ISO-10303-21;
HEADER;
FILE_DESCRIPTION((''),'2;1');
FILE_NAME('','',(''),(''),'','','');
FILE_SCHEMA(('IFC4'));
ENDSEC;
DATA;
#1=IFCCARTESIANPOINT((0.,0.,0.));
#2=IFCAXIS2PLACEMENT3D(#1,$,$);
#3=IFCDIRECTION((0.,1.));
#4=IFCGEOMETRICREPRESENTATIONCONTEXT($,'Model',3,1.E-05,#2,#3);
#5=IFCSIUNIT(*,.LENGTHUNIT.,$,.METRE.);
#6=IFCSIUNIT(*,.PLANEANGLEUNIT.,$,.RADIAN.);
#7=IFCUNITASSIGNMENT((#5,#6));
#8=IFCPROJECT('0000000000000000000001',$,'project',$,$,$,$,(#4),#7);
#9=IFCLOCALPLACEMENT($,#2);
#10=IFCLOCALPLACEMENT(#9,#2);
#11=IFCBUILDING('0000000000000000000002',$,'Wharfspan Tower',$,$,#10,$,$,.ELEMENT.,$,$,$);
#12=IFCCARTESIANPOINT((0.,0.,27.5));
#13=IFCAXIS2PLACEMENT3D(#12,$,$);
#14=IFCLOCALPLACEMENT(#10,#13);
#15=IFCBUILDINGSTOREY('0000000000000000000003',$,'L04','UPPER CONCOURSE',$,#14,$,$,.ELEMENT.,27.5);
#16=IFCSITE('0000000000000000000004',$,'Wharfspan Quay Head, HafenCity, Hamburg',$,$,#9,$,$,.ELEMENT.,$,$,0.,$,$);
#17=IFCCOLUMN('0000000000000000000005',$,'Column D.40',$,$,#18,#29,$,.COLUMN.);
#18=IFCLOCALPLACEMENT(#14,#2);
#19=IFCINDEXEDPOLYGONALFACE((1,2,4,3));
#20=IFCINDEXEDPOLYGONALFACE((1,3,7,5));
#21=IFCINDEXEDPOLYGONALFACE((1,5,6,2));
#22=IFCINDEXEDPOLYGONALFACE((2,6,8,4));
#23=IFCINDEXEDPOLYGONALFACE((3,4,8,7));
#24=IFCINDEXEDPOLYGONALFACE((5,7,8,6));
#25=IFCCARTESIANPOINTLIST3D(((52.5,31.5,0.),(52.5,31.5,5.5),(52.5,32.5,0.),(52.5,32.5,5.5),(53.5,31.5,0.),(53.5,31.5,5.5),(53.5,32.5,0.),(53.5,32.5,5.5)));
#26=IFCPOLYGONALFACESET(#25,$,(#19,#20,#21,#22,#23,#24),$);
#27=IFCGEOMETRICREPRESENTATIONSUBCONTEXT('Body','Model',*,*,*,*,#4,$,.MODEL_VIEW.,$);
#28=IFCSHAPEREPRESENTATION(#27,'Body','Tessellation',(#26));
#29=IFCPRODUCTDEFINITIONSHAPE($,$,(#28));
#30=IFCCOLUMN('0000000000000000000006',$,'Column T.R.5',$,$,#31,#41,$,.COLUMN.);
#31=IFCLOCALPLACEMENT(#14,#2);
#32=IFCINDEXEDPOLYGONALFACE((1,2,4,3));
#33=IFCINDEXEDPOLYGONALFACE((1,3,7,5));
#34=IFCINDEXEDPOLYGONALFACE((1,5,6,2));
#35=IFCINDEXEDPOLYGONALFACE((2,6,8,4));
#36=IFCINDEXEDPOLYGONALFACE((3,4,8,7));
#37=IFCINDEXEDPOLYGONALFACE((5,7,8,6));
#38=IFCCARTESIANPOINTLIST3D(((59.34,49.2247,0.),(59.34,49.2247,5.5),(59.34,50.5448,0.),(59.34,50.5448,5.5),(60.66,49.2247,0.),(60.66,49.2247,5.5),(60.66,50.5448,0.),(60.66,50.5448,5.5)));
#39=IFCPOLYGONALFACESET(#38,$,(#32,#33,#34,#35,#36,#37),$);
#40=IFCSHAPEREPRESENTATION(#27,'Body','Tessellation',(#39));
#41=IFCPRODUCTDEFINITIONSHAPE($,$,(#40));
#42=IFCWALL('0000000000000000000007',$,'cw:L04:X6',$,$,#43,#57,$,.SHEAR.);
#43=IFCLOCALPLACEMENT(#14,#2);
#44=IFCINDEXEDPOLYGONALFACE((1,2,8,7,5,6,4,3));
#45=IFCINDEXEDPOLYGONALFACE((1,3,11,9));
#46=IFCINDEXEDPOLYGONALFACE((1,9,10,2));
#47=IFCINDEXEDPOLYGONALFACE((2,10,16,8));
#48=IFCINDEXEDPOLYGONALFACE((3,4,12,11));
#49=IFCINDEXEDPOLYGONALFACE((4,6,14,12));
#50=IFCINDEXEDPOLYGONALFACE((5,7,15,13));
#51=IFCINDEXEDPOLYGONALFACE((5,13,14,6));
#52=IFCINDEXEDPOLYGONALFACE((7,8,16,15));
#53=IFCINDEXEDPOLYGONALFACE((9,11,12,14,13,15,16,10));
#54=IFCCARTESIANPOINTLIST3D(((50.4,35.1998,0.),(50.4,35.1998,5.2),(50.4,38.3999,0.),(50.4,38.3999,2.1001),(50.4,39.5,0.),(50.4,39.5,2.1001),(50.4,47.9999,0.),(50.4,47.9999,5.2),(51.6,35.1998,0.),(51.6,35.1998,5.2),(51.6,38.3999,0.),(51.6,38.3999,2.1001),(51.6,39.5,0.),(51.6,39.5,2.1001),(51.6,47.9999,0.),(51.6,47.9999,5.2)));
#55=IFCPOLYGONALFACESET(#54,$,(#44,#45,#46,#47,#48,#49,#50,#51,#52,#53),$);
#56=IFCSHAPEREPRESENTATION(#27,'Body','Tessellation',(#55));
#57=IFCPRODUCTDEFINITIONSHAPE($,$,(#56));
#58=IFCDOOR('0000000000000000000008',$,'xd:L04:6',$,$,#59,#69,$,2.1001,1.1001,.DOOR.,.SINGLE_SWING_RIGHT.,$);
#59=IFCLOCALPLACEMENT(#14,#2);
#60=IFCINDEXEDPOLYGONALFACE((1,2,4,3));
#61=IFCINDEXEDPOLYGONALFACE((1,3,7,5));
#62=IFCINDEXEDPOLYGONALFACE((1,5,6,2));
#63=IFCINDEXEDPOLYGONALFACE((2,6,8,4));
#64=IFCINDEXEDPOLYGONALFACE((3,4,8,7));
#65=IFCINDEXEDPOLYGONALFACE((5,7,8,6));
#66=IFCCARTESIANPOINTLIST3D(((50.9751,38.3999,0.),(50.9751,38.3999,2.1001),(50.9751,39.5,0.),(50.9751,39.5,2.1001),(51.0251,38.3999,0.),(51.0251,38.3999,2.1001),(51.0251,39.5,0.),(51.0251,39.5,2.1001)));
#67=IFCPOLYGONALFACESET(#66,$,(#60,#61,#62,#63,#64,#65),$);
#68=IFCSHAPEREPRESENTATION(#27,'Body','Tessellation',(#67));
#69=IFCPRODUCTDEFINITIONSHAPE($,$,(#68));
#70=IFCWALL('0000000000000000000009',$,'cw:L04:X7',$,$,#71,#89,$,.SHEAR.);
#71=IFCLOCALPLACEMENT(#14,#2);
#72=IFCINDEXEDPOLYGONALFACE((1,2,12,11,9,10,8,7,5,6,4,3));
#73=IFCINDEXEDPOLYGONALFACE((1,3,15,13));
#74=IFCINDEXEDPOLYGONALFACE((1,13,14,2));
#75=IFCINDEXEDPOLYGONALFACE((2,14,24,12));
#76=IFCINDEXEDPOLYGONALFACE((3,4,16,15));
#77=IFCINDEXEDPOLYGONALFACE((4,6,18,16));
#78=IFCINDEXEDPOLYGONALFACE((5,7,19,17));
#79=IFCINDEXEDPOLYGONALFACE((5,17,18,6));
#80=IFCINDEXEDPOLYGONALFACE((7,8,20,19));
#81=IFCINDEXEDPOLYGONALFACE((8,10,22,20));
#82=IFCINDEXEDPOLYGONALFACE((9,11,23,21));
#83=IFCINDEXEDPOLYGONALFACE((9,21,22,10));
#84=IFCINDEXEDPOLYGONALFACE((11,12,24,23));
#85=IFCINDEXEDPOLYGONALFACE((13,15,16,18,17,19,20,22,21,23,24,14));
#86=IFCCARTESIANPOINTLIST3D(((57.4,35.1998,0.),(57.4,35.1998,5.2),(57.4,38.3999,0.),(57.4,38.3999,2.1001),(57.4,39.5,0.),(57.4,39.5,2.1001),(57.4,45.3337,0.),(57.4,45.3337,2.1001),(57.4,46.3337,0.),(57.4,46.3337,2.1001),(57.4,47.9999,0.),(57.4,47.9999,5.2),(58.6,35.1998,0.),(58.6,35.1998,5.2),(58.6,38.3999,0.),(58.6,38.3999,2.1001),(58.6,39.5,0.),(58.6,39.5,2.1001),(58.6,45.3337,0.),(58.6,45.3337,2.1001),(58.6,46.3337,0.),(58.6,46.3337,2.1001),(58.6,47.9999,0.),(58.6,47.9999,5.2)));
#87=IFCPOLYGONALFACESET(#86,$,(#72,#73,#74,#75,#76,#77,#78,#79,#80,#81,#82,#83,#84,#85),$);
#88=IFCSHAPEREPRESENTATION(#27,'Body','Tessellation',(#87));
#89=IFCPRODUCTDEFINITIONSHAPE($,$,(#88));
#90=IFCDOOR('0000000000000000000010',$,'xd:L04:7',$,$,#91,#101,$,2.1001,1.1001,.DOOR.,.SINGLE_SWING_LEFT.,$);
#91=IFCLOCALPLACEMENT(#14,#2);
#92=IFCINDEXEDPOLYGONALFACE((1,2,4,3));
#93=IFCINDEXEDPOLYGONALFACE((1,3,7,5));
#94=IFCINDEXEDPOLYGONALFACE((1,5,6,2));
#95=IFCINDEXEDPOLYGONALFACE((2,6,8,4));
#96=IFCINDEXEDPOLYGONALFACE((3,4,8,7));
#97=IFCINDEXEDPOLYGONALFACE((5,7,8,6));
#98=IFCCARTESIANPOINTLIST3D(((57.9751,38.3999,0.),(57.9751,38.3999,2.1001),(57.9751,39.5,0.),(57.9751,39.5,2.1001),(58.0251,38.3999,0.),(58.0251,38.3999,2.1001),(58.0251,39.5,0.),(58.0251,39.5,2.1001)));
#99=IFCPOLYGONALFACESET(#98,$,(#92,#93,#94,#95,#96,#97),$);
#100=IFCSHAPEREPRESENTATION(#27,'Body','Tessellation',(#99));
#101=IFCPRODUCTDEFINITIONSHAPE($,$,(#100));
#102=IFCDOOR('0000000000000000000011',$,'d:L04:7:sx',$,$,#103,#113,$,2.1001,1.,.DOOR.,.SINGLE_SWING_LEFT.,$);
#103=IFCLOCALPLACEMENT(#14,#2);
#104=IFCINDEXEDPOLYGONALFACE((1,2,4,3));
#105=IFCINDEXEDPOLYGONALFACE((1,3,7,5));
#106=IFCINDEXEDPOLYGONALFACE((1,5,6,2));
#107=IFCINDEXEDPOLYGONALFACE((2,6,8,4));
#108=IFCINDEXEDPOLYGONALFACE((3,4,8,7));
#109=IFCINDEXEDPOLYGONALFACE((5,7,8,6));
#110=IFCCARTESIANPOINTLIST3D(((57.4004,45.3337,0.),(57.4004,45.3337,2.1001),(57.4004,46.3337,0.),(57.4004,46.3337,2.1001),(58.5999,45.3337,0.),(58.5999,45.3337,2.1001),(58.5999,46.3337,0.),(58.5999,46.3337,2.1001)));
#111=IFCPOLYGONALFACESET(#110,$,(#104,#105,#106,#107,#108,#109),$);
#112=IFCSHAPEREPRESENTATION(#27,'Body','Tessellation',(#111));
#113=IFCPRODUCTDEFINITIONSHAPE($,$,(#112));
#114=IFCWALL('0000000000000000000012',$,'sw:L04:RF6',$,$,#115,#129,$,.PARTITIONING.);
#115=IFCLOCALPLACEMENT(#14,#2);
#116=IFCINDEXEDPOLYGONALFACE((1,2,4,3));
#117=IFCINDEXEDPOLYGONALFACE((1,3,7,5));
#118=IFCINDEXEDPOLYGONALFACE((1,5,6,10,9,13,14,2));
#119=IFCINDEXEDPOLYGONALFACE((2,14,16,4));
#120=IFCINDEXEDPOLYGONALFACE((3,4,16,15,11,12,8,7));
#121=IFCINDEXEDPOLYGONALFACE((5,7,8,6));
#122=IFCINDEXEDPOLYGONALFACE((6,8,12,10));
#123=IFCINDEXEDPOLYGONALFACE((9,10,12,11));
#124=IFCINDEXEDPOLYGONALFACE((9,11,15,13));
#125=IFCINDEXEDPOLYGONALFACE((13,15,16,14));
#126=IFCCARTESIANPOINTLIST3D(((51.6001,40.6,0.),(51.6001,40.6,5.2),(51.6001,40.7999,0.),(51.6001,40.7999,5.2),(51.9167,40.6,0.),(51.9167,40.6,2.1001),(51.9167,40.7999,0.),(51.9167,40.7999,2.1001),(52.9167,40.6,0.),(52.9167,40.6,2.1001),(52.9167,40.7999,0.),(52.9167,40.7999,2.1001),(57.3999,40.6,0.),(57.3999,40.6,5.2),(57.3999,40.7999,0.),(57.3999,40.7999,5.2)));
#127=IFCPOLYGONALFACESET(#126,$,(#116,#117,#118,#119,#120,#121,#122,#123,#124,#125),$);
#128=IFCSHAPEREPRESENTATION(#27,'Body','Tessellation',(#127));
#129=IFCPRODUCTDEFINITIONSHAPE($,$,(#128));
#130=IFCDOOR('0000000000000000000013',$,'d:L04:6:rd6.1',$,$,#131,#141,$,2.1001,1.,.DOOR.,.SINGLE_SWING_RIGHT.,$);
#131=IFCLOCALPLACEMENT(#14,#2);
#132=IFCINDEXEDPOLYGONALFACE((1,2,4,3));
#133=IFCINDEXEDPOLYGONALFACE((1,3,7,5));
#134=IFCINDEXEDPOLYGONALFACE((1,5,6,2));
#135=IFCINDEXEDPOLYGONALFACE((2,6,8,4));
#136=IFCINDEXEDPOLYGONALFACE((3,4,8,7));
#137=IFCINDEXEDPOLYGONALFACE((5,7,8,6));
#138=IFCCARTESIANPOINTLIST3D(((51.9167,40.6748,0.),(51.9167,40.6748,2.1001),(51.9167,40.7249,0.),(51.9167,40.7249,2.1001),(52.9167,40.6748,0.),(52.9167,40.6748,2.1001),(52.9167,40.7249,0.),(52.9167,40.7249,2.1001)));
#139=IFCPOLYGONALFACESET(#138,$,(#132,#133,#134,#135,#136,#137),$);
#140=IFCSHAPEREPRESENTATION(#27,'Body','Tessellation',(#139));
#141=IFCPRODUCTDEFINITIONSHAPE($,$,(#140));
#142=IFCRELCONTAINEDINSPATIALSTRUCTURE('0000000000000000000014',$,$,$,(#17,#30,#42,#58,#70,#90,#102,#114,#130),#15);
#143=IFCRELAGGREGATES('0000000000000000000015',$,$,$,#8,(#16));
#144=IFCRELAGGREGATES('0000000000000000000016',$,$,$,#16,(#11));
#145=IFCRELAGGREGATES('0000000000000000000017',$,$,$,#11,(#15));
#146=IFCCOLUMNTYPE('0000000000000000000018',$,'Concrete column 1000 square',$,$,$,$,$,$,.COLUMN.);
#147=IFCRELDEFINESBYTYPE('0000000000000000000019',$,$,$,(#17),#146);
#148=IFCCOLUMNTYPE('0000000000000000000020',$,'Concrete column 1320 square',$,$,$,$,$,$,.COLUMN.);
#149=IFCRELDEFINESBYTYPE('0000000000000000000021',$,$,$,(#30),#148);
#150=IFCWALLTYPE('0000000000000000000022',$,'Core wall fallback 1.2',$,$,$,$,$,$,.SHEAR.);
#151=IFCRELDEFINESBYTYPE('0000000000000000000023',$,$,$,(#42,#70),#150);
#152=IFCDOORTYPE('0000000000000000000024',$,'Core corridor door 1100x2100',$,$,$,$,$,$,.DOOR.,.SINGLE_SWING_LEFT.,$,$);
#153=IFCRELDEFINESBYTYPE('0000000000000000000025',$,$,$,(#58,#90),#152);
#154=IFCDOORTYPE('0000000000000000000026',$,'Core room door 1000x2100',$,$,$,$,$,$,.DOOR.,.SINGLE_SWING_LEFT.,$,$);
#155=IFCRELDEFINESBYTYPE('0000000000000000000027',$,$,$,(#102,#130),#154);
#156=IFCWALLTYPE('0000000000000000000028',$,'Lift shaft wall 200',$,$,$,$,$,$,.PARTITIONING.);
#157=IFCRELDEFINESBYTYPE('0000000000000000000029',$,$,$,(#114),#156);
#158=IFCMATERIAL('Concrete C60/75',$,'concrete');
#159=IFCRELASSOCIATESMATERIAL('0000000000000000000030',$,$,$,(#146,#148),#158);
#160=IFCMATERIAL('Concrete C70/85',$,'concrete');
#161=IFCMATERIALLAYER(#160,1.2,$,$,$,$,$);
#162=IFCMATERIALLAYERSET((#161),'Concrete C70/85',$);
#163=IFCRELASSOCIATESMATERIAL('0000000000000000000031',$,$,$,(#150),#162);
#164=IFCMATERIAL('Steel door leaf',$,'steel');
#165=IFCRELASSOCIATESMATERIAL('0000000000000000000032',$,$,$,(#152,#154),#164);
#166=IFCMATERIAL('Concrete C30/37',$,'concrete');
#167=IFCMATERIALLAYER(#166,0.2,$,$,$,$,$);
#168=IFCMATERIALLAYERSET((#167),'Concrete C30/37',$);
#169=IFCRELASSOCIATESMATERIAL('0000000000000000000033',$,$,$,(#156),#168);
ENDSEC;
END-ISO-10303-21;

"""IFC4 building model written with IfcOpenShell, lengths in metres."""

from ifc_helpers import new_model, si_unit, direction, frame, frame_2d, origin, origin_2d, place, context, subcontext, project, spatial, rectangle, extrude, material, layer, layer_set, material_profile, profile_set, type_object, element, fill, save


model = new_model("IFC4")

# Units and contexts
model_context = context("Model", 3, precision=1e-05, world=origin(), true_north=direction((0.0, 1.0)))
body_context = subcontext(model_context, "Body", "Model", "MODEL_VIEW")
ifc_project = project(units=[si_unit("LENGTHUNIT", "METRE"), si_unit("PLANEANGLEUNIT", "RADIAN")], contexts=[model_context])

# Site, building, storey
site_placement = place(None, origin())
site = spatial("IfcSite", under=ifc_project, at=site_placement, Name="Wharfspan Quay Head, HafenCity, Hamburg", CompositionType="ELEMENT", RefElevation=0.0)
building_placement = place(site_placement, origin())
building = spatial("IfcBuilding", under=site, at=building_placement, Name="Wharfspan Tower", CompositionType="ELEMENT")
storey_placement = place(building_placement, frame((0.0, 0.0, 27.5)))
storey = spatial("IfcBuildingStorey", under=building, at=storey_placement, Name="L04", Description="UPPER CONCOURSE", CompositionType="ELEMENT", Elevation=27.5)

# Columns
ifc_material_1 = material(Name="Concrete C60/75", Category="concrete")
ifc_material_profile_1 = material_profile(ifc_material_1, rectangle(XDim=1.0, YDim=1.0, at=origin_2d()))
ifc_profile_set_1 = profile_set([ifc_material_profile_1], Name="Concrete C60/75")
column_type_1 = type_object("IfcColumnType", Name="Concrete column 1000 square", PredefinedType="COLUMN", material=ifc_profile_set_1)
column_1_placement = place(storey_placement, frame((53.0, 32.0, 0.0), z_axis=(0.0, 0.0, 1.0), x_axis=(1.0, 0.0, 0.0)))
element("IfcColumn", 1, at=column_1_placement, inside=storey, type_object=column_type_1, Name="Column D.40", PredefinedType="COLUMN", context=body_context, shape_type="SweptSolid", body=[
    extrude(rectangle(XDim=1.0, YDim=1.0, at=origin_2d()), origin(), (0.0, 0.0, 1.0), 5.5),
])
ifc_material_profile_2 = material_profile(ifc_material_1, rectangle(XDim=1.3201, YDim=1.3201, at=origin_2d()))
ifc_profile_set_2 = profile_set([ifc_material_profile_2], Name="Concrete C60/75")
column_type_2 = type_object("IfcColumnType", Name="Concrete column 1320 square", PredefinedType="COLUMN", material=ifc_profile_set_2)
column_2_placement = place(storey_placement, frame((60.0, 49.8848, 0.0), z_axis=(0.0, 0.0, 1.0), x_axis=(1.0, 0.0, 0.0)))
element("IfcColumn", 2, at=column_2_placement, inside=storey, type_object=column_type_2, Name="Column T.R.5", PredefinedType="COLUMN", context=body_context, shape_type="SweptSolid", body=[
    extrude(rectangle(XDim=1.3201, YDim=1.3201, at=origin_2d()), origin(), (0.0, 0.0, 1.0), 5.5),
])

# Wall, opening, door
ifc_material_2 = material(Name="Concrete C70/85", Category="concrete")
ifc_layer_1 = layer(ifc_material_2, 1.2)
ifc_layer_set_1 = layer_set([ifc_layer_1], Name="Concrete C70/85")
wall_type_1 = type_object("IfcWallType", Name="Core wall fallback 1.2", PredefinedType="SHEAR", material=ifc_layer_set_1)
wall_1_placement = place(storey_placement, frame((51.0, 35.2, 0.0), z_axis=(0.0, 0.0, 1.0), x_axis=(0.0, 1.0, 0.0)))
wall_1 = element("IfcWall", 3, at=wall_1_placement, inside=storey, type_object=wall_type_1, Name="cw:L04:X6", PredefinedType="SHEAR", context=body_context, shape_type="SweptSolid", body=[
    extrude(rectangle(XDim=12.8, YDim=1.2, at=frame_2d((6.3999, 0.0))), origin(), (0.0, 0.0, 1.0), 5.2),
])
opening_1_placement = place(wall_1_placement, frame((3.2, 0.0, 0.0)))
opening_1 = element("IfcOpeningElement", 4, at=opening_1_placement, cuts=wall_1, PredefinedType="OPENING", context=body_context, shape_type="SweptSolid", body=[
    extrude(rectangle(XDim=1.1001, YDim=2.1001, at=frame_2d((0.55, 1.05))), frame((0.0, 0.6099, 0.0), z_axis=(0.0, -1.0, 0.0), x_axis=(1.0, 0.0, 0.0)), (0.0, 0.0, 1.0), 1.22),
])
ifc_material_3 = material(Name="Steel door leaf", Category="steel")
door_type_1 = type_object("IfcDoorType", Name="Core corridor door 1100x2100", OperationType="SINGLE_SWING_LEFT", PredefinedType="DOOR", material=ifc_material_3)
door_1_placement = place(opening_1_placement, origin())
door_1 = element("IfcDoor", 5, at=door_1_placement, inside=storey, type_object=door_type_1, Name="xd:L04:6", OperationType="SINGLE_SWING_RIGHT", OverallHeight=2.1001, OverallWidth=1.1001, PredefinedType="DOOR", context=body_context, shape_type="SweptSolid", body=[
    extrude(rectangle(XDim=1.1001, YDim=2.1001, at=frame_2d((0.55, 1.05))), frame((0.0, 0.0249, 0.0), z_axis=(0.0, -1.0, 0.0), x_axis=(1.0, 0.0, 0.0)), (0.0, 0.0, 1.0), 0.05),
])
fill(opening_1, door_1)

# Wall, openings, doors
wall_2_placement = place(storey_placement, frame((58.0, 35.2, 0.0), z_axis=(0.0, 0.0, 1.0), x_axis=(0.0, 1.0, 0.0)))
wall_2 = element("IfcWall", 6, at=wall_2_placement, inside=storey, type_object=wall_type_1, Name="cw:L04:X7", PredefinedType="SHEAR", context=body_context, shape_type="SweptSolid", body=[
    extrude(rectangle(XDim=12.8, YDim=1.2, at=frame_2d((6.3999, 0.0))), origin(), (0.0, 0.0, 1.0), 5.2),
])
opening_2_placement = place(wall_2_placement, frame((10.1338, 0.0, 0.0)))
opening_2 = element("IfcOpeningElement", 7, at=opening_2_placement, cuts=wall_2, PredefinedType="OPENING", context=body_context, shape_type="SweptSolid", body=[
    extrude(rectangle(XDim=1.0, YDim=2.1001, at=frame_2d((0.5, 1.05))), frame((0.0, 0.6099, 0.0), z_axis=(0.0, -1.0, 0.0), x_axis=(1.0, 0.0, 0.0)), (0.0, 0.0, 1.0), 1.22),
])
opening_3_placement = place(wall_2_placement, frame((3.2, 0.0, 0.0)))
opening_3 = element("IfcOpeningElement", 8, at=opening_3_placement, cuts=wall_2, PredefinedType="OPENING", context=body_context, shape_type="SweptSolid", body=[
    extrude(rectangle(XDim=1.1001, YDim=2.1001, at=frame_2d((0.55, 1.05))), frame((0.0, 0.6099, 0.0), z_axis=(0.0, -1.0, 0.0), x_axis=(1.0, 0.0, 0.0)), (0.0, 0.0, 1.0), 1.22),
])
door_2_placement = place(opening_3_placement, origin())
door_2 = element("IfcDoor", 9, at=door_2_placement, inside=storey, type_object=door_type_1, Name="xd:L04:7", OperationType="SINGLE_SWING_LEFT", OverallHeight=2.1001, OverallWidth=1.1001, PredefinedType="DOOR", context=body_context, shape_type="SweptSolid", body=[
    extrude(rectangle(XDim=1.1001, YDim=2.1001, at=frame_2d((0.55, 1.05))), frame((0.0, 0.0249, 0.0), z_axis=(0.0, -1.0, 0.0), x_axis=(1.0, 0.0, 0.0)), (0.0, 0.0, 1.0), 0.05),
])
fill(opening_3, door_2)
door_type_2 = type_object("IfcDoorType", Name="Core room door 1000x2100", OperationType="SINGLE_SWING_LEFT", PredefinedType="DOOR", material=ifc_material_3)
door_3_placement = place(opening_2_placement, origin())
door_3 = element("IfcDoor", 10, at=door_3_placement, inside=storey, type_object=door_type_2, Name="d:L04:7:sx", OperationType="SINGLE_SWING_LEFT", OverallHeight=2.1001, OverallWidth=1.0, PredefinedType="DOOR", context=body_context, shape_type="SweptSolid", body=[
    extrude(rectangle(XDim=1.0, YDim=2.1001, at=frame_2d((0.5, 1.05))), frame((0.0, 0.5996, 0.0), z_axis=(0.0, -1.0, 0.0), x_axis=(1.0, 0.0, 0.0)), (0.0, 0.0, 1.0), 1.1995),
])
fill(opening_2, door_3)

# Wall, opening, door
ifc_material_4 = material(Name="Concrete C30/37", Category="concrete")
ifc_layer_2 = layer(ifc_material_4, 0.2)
ifc_layer_set_2 = layer_set([ifc_layer_2], Name="Concrete C30/37")
wall_type_2 = type_object("IfcWallType", Name="Lift shaft wall 200", PredefinedType="PARTITIONING", material=ifc_layer_set_2)
wall_3_placement = place(storey_placement, frame((51.6001, 40.7, 0.0), z_axis=(0.0, 0.0, 1.0), x_axis=(1.0, 0.0, 0.0)))
wall_3 = element("IfcWall", 11, at=wall_3_placement, inside=storey, type_object=wall_type_2, Name="sw:L04:RF6", PredefinedType="PARTITIONING", context=body_context, shape_type="SweptSolid", body=[
    extrude(rectangle(XDim=5.7998, YDim=0.2, at=frame_2d((2.8999, 0.0))), origin(), (0.0, 0.0, 1.0), 5.2),
])
opening_4_placement = place(wall_3_placement, frame((0.3166, 0.0, 0.0)))
opening_4 = element("IfcOpeningElement", 12, at=opening_4_placement, cuts=wall_3, PredefinedType="OPENING", context=body_context, shape_type="SweptSolid", body=[
    extrude(rectangle(XDim=1.0, YDim=2.1001, at=frame_2d((0.5, 1.05))), frame((0.0, 0.1099, 0.0), z_axis=(0.0, -1.0, 0.0), x_axis=(1.0, 0.0, 0.0)), (0.0, 0.0, 1.0), 0.22),
])
door_4_placement = place(opening_4_placement, origin())
door_4 = element("IfcDoor", 13, at=door_4_placement, inside=storey, type_object=door_type_2, Name="d:L04:6:rd6.1", OperationType="SINGLE_SWING_RIGHT", OverallHeight=2.1001, OverallWidth=1.0, PredefinedType="DOOR", context=body_context, shape_type="SweptSolid", body=[
    extrude(rectangle(XDim=1.0, YDim=2.1001, at=frame_2d((0.5, 1.05))), frame((0.0, 0.0249, 0.0), z_axis=(0.0, -1.0, 0.0), x_axis=(1.0, 0.0, 0.0)), (0.0, 0.0, 1.0), 0.05),
])
fill(opening_4, door_4)

save(model, "model.ifc")
